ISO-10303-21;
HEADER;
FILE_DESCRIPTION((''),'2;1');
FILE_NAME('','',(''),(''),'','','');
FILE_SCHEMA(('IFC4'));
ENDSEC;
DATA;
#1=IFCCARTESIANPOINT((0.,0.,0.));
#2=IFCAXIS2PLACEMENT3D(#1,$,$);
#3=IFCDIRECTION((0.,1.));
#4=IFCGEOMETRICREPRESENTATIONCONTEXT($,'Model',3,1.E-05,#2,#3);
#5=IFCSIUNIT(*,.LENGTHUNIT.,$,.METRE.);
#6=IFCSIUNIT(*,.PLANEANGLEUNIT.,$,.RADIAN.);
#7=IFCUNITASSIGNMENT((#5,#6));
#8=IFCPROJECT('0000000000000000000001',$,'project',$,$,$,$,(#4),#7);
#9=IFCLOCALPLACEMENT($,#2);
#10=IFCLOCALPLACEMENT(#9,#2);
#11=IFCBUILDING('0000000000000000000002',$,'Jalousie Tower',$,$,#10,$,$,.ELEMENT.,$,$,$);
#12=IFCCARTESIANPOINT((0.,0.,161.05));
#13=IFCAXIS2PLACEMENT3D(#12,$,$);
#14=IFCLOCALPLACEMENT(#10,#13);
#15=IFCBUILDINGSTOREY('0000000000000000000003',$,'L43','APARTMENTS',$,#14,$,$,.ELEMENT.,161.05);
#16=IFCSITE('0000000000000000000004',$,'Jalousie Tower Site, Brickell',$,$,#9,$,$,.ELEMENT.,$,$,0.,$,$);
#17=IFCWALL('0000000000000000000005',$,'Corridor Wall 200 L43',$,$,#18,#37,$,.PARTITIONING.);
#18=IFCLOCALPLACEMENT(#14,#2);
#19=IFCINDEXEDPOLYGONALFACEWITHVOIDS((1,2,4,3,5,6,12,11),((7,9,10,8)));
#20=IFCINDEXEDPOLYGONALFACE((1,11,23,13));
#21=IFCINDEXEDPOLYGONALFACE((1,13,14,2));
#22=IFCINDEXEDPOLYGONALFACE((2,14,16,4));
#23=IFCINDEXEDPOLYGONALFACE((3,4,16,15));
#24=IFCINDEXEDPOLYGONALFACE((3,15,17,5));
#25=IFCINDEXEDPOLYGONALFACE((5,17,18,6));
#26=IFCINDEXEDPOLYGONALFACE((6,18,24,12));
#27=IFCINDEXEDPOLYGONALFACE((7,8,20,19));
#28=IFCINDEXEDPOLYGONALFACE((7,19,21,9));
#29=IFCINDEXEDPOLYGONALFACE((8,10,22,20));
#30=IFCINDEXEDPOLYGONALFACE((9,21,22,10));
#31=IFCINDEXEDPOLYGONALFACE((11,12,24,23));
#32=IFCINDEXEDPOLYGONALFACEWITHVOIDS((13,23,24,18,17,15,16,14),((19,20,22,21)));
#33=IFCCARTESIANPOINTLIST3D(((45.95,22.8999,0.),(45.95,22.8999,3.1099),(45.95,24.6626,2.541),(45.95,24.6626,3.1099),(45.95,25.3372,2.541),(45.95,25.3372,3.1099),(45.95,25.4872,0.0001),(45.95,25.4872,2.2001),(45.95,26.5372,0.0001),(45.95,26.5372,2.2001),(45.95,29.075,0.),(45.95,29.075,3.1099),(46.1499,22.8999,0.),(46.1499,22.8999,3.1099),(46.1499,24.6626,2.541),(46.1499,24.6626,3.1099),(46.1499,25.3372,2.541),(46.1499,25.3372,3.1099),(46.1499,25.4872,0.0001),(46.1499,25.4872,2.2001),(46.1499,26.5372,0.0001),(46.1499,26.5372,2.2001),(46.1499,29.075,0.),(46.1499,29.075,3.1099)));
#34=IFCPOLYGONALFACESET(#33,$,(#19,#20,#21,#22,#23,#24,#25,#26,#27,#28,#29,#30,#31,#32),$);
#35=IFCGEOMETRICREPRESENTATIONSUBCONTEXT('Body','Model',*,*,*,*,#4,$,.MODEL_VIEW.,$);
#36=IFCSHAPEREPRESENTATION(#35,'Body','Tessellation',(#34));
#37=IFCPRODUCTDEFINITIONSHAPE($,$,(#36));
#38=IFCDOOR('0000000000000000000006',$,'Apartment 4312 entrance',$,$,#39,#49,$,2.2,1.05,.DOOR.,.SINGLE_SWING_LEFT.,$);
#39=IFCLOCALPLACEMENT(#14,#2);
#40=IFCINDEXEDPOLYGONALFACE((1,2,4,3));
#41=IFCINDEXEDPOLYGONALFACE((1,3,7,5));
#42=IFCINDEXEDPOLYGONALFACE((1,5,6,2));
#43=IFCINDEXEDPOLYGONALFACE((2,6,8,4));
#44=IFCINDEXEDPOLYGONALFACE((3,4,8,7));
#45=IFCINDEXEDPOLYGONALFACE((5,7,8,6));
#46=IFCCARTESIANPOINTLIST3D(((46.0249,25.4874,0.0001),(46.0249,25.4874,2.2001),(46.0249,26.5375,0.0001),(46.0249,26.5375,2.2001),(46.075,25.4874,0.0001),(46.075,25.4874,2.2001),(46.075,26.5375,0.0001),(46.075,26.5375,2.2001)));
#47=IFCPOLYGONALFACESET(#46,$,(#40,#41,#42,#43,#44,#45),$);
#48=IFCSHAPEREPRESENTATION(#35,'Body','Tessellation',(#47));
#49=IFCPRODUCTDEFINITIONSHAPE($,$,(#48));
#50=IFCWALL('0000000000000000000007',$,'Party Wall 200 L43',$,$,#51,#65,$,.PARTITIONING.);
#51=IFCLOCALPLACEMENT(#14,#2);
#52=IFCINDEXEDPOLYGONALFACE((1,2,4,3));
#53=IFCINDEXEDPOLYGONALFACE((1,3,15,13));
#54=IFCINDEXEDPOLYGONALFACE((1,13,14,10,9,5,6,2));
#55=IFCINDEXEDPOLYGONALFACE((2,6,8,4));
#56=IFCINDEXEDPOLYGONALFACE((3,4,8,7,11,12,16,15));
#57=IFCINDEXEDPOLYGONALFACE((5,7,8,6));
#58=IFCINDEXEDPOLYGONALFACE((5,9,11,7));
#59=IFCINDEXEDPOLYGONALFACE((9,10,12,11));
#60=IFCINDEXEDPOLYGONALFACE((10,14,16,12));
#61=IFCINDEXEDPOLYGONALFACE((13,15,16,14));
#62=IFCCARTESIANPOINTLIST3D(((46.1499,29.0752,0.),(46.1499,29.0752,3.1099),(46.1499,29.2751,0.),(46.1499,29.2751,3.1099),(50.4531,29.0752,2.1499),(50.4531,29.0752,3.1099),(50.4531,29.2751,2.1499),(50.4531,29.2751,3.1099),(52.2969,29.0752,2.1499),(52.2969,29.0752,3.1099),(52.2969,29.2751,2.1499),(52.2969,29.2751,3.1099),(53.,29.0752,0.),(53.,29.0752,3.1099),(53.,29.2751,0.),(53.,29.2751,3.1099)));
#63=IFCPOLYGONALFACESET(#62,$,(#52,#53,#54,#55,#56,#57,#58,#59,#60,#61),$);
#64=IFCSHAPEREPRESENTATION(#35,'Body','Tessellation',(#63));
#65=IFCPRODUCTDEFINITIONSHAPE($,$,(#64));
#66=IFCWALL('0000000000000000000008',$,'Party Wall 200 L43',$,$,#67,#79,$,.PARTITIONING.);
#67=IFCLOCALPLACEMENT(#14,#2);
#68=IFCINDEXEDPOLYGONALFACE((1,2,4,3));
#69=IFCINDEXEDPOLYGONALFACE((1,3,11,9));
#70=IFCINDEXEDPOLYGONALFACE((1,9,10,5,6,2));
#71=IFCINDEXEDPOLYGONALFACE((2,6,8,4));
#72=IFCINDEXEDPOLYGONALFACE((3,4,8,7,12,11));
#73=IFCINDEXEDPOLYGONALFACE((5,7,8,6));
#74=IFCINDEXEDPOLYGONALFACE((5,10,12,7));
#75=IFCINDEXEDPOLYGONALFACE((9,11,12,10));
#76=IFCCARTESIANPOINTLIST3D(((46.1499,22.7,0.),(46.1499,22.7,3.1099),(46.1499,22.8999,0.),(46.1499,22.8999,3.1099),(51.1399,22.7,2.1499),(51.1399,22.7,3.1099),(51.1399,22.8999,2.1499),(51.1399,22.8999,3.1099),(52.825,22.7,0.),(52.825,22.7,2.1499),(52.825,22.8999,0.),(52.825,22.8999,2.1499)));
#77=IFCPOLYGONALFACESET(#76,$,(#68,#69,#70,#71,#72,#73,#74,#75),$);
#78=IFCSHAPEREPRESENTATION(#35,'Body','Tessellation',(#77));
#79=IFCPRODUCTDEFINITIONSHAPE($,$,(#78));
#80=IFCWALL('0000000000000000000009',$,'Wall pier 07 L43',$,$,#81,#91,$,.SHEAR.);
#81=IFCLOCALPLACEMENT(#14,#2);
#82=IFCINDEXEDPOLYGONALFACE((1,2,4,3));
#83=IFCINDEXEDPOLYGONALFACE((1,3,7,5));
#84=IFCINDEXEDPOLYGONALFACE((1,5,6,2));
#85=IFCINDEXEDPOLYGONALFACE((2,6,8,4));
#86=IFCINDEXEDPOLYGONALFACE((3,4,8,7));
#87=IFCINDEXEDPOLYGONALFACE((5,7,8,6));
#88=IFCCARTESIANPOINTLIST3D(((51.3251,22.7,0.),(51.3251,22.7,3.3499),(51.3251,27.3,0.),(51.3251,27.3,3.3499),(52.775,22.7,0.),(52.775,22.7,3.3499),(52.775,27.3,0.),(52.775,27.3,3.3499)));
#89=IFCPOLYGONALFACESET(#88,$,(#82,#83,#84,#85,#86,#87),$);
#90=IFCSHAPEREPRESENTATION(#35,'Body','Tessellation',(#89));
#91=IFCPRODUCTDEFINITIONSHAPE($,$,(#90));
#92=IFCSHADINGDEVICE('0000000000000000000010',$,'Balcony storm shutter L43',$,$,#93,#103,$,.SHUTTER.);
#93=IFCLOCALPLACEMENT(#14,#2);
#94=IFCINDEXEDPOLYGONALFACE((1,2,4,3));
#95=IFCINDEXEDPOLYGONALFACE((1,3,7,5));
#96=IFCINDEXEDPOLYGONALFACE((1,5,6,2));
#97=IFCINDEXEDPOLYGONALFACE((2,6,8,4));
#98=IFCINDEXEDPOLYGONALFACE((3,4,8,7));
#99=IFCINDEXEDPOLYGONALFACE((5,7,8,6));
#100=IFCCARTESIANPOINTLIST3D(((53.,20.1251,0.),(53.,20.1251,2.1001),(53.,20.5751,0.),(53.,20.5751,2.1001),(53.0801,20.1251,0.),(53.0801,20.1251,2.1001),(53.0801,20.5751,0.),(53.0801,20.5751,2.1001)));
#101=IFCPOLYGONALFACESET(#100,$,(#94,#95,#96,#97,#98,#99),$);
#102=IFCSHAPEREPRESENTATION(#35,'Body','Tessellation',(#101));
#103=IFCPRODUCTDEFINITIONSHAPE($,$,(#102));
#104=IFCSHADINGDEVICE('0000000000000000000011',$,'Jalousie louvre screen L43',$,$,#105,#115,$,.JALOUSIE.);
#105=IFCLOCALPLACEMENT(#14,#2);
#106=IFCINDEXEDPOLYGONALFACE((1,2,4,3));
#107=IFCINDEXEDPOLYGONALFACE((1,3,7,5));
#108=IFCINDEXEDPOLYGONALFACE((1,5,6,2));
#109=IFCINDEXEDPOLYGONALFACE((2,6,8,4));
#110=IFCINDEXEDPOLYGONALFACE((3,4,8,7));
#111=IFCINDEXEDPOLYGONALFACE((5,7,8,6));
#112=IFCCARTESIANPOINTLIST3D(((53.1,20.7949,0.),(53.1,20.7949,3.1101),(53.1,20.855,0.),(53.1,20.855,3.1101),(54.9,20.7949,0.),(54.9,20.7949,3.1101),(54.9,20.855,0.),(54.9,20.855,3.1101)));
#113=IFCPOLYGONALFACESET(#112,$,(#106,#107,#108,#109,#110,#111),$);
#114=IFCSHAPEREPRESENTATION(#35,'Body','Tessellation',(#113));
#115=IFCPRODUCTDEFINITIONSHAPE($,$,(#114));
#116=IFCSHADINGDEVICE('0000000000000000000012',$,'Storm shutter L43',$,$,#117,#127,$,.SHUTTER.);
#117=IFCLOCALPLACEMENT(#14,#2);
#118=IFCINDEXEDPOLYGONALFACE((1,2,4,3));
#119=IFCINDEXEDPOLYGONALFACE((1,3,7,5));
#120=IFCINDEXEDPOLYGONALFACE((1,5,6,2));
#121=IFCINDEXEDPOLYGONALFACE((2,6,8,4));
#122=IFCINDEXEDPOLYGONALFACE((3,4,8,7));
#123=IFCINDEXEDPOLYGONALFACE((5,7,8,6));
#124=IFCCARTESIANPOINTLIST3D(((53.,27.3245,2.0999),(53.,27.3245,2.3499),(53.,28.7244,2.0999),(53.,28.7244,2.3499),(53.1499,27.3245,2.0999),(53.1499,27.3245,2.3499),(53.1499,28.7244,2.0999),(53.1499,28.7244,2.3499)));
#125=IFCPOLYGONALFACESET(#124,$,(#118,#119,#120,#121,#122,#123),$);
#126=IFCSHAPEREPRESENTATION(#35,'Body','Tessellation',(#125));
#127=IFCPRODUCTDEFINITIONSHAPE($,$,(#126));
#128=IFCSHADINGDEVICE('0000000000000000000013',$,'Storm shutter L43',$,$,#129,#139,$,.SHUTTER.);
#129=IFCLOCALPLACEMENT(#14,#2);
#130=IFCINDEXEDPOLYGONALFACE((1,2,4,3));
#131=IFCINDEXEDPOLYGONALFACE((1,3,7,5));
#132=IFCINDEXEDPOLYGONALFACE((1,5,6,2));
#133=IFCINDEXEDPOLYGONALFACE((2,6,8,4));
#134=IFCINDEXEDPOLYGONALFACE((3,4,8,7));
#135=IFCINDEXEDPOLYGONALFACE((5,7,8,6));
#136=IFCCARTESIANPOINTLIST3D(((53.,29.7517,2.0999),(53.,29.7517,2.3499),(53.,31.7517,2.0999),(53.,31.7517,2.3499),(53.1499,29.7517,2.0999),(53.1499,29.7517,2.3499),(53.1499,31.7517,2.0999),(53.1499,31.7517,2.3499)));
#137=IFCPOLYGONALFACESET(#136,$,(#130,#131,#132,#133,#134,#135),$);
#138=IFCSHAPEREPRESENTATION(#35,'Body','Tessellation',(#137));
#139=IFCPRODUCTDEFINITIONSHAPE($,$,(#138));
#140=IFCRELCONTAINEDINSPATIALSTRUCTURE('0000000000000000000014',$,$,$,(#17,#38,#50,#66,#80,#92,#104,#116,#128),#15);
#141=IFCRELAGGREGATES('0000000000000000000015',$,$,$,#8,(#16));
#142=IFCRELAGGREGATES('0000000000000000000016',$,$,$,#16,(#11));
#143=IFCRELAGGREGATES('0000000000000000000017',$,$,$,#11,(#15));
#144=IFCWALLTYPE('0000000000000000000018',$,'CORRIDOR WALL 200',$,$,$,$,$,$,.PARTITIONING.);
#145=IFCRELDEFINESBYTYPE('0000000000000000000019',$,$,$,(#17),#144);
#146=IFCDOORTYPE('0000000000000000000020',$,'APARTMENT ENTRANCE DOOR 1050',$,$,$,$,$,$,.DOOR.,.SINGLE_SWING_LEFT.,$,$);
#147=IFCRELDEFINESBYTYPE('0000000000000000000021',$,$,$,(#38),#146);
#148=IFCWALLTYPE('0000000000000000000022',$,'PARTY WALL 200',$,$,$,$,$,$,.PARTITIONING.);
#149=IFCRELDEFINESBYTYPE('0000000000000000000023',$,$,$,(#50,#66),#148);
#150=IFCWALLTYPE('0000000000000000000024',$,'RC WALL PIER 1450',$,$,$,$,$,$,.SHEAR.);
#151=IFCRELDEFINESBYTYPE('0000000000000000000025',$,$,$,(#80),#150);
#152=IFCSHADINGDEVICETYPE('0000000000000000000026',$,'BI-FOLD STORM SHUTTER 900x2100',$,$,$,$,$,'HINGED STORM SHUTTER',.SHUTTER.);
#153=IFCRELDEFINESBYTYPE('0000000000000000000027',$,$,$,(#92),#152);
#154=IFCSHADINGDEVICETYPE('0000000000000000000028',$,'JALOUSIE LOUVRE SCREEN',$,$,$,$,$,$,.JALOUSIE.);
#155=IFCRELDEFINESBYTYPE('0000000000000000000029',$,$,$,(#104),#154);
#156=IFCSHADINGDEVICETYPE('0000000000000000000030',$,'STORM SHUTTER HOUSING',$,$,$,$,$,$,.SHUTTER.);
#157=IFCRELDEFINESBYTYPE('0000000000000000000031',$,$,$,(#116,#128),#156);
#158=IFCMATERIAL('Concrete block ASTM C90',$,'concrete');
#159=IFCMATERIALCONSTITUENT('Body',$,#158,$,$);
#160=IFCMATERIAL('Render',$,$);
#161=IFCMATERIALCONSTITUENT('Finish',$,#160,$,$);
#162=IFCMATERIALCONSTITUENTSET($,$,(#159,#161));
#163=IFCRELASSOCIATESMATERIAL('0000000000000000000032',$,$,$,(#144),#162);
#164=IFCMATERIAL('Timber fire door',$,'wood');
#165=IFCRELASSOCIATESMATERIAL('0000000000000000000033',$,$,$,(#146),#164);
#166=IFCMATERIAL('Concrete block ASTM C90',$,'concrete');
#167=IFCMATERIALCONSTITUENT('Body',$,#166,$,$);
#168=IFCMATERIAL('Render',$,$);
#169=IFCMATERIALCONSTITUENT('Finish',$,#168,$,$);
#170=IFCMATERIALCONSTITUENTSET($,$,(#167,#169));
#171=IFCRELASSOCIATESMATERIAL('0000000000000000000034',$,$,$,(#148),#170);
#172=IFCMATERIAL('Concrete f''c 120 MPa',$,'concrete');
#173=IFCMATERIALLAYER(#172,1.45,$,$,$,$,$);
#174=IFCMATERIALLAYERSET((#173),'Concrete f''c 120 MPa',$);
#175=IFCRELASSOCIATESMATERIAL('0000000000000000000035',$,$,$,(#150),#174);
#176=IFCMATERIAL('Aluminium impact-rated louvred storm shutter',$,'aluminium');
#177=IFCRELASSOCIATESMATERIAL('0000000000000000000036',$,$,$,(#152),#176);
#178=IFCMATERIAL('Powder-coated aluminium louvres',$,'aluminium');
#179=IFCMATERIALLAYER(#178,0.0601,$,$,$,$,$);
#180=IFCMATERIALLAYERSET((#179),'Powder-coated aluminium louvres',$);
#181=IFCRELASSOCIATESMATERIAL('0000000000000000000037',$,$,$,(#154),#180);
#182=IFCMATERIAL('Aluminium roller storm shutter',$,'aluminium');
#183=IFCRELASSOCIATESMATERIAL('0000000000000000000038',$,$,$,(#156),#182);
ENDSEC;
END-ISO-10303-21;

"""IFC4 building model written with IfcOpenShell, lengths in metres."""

from ifc_helpers import new_model, si_unit, direction, frame, frame_2d, origin, origin_2d, place, context, subcontext, project, spatial, polyline, rectangle, outline, extrude, material, layer, layer_set, constituent, constituent_set, type_object, element, fill, save


model = new_model("IFC4")

# Units and contexts
model_context = context("Model", 3, precision=1e-05, world=origin(), true_north=direction((0.0, 1.0)))
body_context = subcontext(model_context, "Body", "Model", "MODEL_VIEW")
ifc_project = project(units=[si_unit("LENGTHUNIT", "METRE"), si_unit("PLANEANGLEUNIT", "RADIAN")], contexts=[model_context])

# Site, building, storey
site_placement = place(None, origin())
site = spatial("IfcSite", under=ifc_project, at=site_placement, Name="Jalousie Tower Site, Brickell", CompositionType="ELEMENT", RefElevation=0.0)
building_placement = place(site_placement, origin())
building = spatial("IfcBuilding", under=site, at=building_placement, Name="Jalousie Tower", CompositionType="ELEMENT")
storey_placement = place(building_placement, frame((0.0, 0.0, 161.05)))
storey = spatial("IfcBuildingStorey", under=building, at=storey_placement, Name="L43", Description="APARTMENTS", CompositionType="ELEMENT", Elevation=161.05)

# Wall, opening, door
ifc_material_1 = material(Name="Concrete block ASTM C90", Category="concrete")
ifc_constituent_1 = constituent(ifc_material_1, Name="Body")
ifc_material_2 = material(Name="Render")
ifc_constituent_2 = constituent(ifc_material_2, Name="Finish")
ifc_constituent_set_1 = constituent_set(constituents=[ifc_constituent_1, ifc_constituent_2])
wall_type_1 = type_object("IfcWallType", Name="CORRIDOR WALL 200", PredefinedType="PARTITIONING", material=ifc_constituent_set_1)
wall_1_placement = place(storey_placement, frame((46.05, 22.8999, 0.0), z_axis=(0.0, 0.0, 1.0), x_axis=(0.0, 1.0, 0.0)))
wall_1 = element("IfcWall", 1, at=wall_1_placement, inside=storey, type_object=wall_type_1, Name="Corridor Wall 200 L43", PredefinedType="PARTITIONING", context=body_context, shape_type="SweptSolid", body=[
    extrude(outline(polyline([(0.0, 0.0), (6.175, 0.0), (6.175, 3.1099), (2.4373, 3.1099), (2.4373, 2.541), (1.7627, 2.541), (1.7627, 3.1099), (0.0, 3.1099), (0.0, 0.0)])), frame((0.0, 0.1001, 0.0), z_axis=(0.0, -1.0, 0.0), x_axis=(1.0, 0.0, 0.0)), (0.0, 0.0, 1.0), 0.2),
])
opening_1_placement = place(wall_1_placement, frame((2.5874, 0.0, 0.0)))
opening_1 = element("IfcOpeningElement", 2, at=opening_1_placement, cuts=wall_1, PredefinedType="OPENING", context=body_context, shape_type="SweptSolid", body=[
    extrude(rectangle(XDim=1.05, YDim=2.2, at=frame_2d((0.5249, 1.1001))), frame((0.0, 0.1099, 0.0), z_axis=(0.0, -1.0, 0.0), x_axis=(1.0, 0.0, 0.0)), (0.0, 0.0, 1.0), 0.22),
])
ifc_material_3 = material(Name="Timber fire door", Category="wood")
door_type_1 = type_object("IfcDoorType", Name="APARTMENT ENTRANCE DOOR 1050", OperationType="SINGLE_SWING_LEFT", PredefinedType="DOOR", material=ifc_material_3)
door_1_placement = place(opening_1_placement, frame((1.05, 0.0, 0.0), z_axis=(0.0, 0.0, 1.0), x_axis=(-1.0, 0.0, 0.0)))
door_1 = element("IfcDoor", 3, at=door_1_placement, inside=storey, type_object=door_type_1, Name="Apartment 4312 entrance", OperationType="SINGLE_SWING_LEFT", OverallHeight=2.2, OverallWidth=1.05, PredefinedType="DOOR", context=body_context, shape_type="SweptSolid", body=[
    extrude(rectangle(XDim=1.05, YDim=2.2, at=frame_2d((0.5249, 1.1001))), frame((0.0, 0.0249, 0.0), z_axis=(0.0, -1.0, 0.0), x_axis=(1.0, 0.0, 0.0)), (0.0, 0.0, 1.0), 0.05),
])
fill(opening_1, door_1)

# Walls
ifc_material_4 = material(Name="Concrete block ASTM C90", Category="concrete")
ifc_constituent_3 = constituent(ifc_material_4, Name="Body")
ifc_material_5 = material(Name="Render")
ifc_constituent_4 = constituent(ifc_material_5, Name="Finish")
ifc_constituent_set_2 = constituent_set(constituents=[ifc_constituent_3, ifc_constituent_4])
wall_type_2 = type_object("IfcWallType", Name="PARTY WALL 200", PredefinedType="PARTITIONING", material=ifc_constituent_set_2)
wall_2_placement = place(storey_placement, frame((46.1499, 29.175, 0.0), z_axis=(0.0, 0.0, 1.0), x_axis=(1.0, 0.0, 0.0)))
element("IfcWall", 4, at=wall_2_placement, inside=storey, type_object=wall_type_2, Name="Party Wall 200 L43", PredefinedType="PARTITIONING", context=body_context, shape_type="SweptSolid", body=[
    extrude(outline(polyline([(0.0, 0.0), (6.8501, 0.0), (6.8501, 3.1099), (6.147, 3.1099), (6.147, 2.1499), (4.3032, 2.1499), (4.3032, 3.1099), (0.0, 3.1099), (0.0, 0.0)])), frame((0.0, 0.1001, 0.0), z_axis=(0.0, -1.0, 0.0), x_axis=(1.0, 0.0, 0.0)), (0.0, 0.0, 1.0), 0.2),
])
wall_3_placement = place(storey_placement, frame((52.825, 22.8, 0.0), z_axis=(0.0, 0.0, 1.0), x_axis=(-1.0, 0.0, 0.0)))
element("IfcWall", 5, at=wall_3_placement, inside=storey, type_object=wall_type_2, Name="Party Wall 200 L43", PredefinedType="PARTITIONING", context=body_context, shape_type="SweptSolid", body=[
    extrude(outline(polyline([(0.0, 0.0), (6.675, 0.0), (6.675, 3.1099), (1.6851, 3.1099), (1.6851, 2.1499), (0.0, 2.1499), (0.0, 3.1099), (0.0, 0.0)])), frame((0.0, 0.1001, 0.0), z_axis=(0.0, -1.0, 0.0), x_axis=(1.0, 0.0, 0.0)), (0.0, 0.0, 1.0), 0.2),
])
ifc_material_6 = material(Name="Concrete f'c 120 MPa", Category="concrete")
ifc_layer_1 = layer(ifc_material_6, 1.45)
ifc_layer_set_1 = layer_set([ifc_layer_1], Name="Concrete f'c 120 MPa")
wall_type_3 = type_object("IfcWallType", Name="RC WALL PIER 1450", PredefinedType="SHEAR", material=ifc_layer_set_1)
wall_4_placement = place(storey_placement, frame((52.05, 22.7, 0.0), z_axis=(0.0, 0.0, 1.0), x_axis=(0.0, 1.0, 0.0)))
element("IfcWall", 6, at=wall_4_placement, inside=storey, type_object=wall_type_3, Name="Wall pier 07 L43", PredefinedType="SHEAR", context=body_context, shape_type="SweptSolid", body=[
    extrude(rectangle(XDim=4.6001, YDim=1.45, at=frame_2d((2.3, 0.0))), origin(), (0.0, 0.0, 1.0), 3.3499),
])

# Shading devices
ifc_material_7 = material(Name="Aluminium impact-rated louvred storm shutter", Category="aluminium")
shading_device_type_1 = type_object("IfcShadingDeviceType", Name="BI-FOLD STORM SHUTTER 900x2100", ElementType="HINGED STORM SHUTTER", PredefinedType="SHUTTER", material=ifc_material_7)
shading_device_1_placement = place(storey_placement, frame((53.04, 20.3501, 0.0), z_axis=(0.0, 0.0, 1.0), x_axis=(0.0, 1.0, 0.0)))
element("IfcShadingDevice", 7, at=shading_device_1_placement, inside=storey, type_object=shading_device_type_1, Name="Balcony storm shutter L43", PredefinedType="SHUTTER", context=body_context, shape_type="SweptSolid", body=[
    extrude(rectangle(XDim=0.45, YDim=0.0801, at=origin_2d()), origin(), (0.0, 0.0, 1.0), 2.1001),
])
ifc_material_8 = material(Name="Powder-coated aluminium louvres", Category="aluminium")
ifc_layer_2 = layer(ifc_material_8, 0.0601)
ifc_layer_set_2 = layer_set([ifc_layer_2], Name="Powder-coated aluminium louvres")
shading_device_type_2 = type_object("IfcShadingDeviceType", Name="JALOUSIE LOUVRE SCREEN", PredefinedType="JALOUSIE", material=ifc_layer_set_2)
shading_device_2_placement = place(storey_placement, frame((54.0, 20.825, 0.0), z_axis=(0.0, 0.0, 1.0), x_axis=(0.0, 1.0, 0.0)))
element("IfcShadingDevice", 8, at=shading_device_2_placement, inside=storey, type_object=shading_device_type_2, Name="Jalousie louvre screen L43", PredefinedType="JALOUSIE", context=body_context, shape_type="SweptSolid", body=[
    extrude(rectangle(XDim=0.0601, YDim=1.8, at=origin_2d()), origin(), (0.0, 0.0, 1.0), 3.1101),
])
ifc_material_9 = material(Name="Aluminium roller storm shutter", Category="aluminium")
shading_device_type_3 = type_object("IfcShadingDeviceType", Name="STORM SHUTTER HOUSING", PredefinedType="SHUTTER", material=ifc_material_9)
shading_device_3_placement = place(storey_placement, frame((53.075, 28.0244, 2.0999), z_axis=(0.0, 0.0, 1.0), x_axis=(0.0, 1.0, 0.0)))
element("IfcShadingDevice", 9, at=shading_device_3_placement, inside=storey, type_object=shading_device_type_3, Name="Storm shutter L43", PredefinedType="SHUTTER", context=body_context, shape_type="SweptSolid", body=[
    extrude(rectangle(XDim=1.3999, YDim=0.1499, at=origin_2d()), origin(), (0.0, 0.0, 1.0), 0.25),
])
shading_device_4_placement = place(storey_placement, frame((53.075, 30.7517, 2.0999), z_axis=(0.0, 0.0, 1.0), x_axis=(0.0, 1.0, 0.0)))
element("IfcShadingDevice", 10, at=shading_device_4_placement, inside=storey, type_object=shading_device_type_3, Name="Storm shutter L43", PredefinedType="SHUTTER", context=body_context, shape_type="SweptSolid", body=[
    extrude(rectangle(XDim=2.0, YDim=0.1499, at=origin_2d()), origin(), (0.0, 0.0, 1.0), 0.25),
])

save(model, "model.ifc")
